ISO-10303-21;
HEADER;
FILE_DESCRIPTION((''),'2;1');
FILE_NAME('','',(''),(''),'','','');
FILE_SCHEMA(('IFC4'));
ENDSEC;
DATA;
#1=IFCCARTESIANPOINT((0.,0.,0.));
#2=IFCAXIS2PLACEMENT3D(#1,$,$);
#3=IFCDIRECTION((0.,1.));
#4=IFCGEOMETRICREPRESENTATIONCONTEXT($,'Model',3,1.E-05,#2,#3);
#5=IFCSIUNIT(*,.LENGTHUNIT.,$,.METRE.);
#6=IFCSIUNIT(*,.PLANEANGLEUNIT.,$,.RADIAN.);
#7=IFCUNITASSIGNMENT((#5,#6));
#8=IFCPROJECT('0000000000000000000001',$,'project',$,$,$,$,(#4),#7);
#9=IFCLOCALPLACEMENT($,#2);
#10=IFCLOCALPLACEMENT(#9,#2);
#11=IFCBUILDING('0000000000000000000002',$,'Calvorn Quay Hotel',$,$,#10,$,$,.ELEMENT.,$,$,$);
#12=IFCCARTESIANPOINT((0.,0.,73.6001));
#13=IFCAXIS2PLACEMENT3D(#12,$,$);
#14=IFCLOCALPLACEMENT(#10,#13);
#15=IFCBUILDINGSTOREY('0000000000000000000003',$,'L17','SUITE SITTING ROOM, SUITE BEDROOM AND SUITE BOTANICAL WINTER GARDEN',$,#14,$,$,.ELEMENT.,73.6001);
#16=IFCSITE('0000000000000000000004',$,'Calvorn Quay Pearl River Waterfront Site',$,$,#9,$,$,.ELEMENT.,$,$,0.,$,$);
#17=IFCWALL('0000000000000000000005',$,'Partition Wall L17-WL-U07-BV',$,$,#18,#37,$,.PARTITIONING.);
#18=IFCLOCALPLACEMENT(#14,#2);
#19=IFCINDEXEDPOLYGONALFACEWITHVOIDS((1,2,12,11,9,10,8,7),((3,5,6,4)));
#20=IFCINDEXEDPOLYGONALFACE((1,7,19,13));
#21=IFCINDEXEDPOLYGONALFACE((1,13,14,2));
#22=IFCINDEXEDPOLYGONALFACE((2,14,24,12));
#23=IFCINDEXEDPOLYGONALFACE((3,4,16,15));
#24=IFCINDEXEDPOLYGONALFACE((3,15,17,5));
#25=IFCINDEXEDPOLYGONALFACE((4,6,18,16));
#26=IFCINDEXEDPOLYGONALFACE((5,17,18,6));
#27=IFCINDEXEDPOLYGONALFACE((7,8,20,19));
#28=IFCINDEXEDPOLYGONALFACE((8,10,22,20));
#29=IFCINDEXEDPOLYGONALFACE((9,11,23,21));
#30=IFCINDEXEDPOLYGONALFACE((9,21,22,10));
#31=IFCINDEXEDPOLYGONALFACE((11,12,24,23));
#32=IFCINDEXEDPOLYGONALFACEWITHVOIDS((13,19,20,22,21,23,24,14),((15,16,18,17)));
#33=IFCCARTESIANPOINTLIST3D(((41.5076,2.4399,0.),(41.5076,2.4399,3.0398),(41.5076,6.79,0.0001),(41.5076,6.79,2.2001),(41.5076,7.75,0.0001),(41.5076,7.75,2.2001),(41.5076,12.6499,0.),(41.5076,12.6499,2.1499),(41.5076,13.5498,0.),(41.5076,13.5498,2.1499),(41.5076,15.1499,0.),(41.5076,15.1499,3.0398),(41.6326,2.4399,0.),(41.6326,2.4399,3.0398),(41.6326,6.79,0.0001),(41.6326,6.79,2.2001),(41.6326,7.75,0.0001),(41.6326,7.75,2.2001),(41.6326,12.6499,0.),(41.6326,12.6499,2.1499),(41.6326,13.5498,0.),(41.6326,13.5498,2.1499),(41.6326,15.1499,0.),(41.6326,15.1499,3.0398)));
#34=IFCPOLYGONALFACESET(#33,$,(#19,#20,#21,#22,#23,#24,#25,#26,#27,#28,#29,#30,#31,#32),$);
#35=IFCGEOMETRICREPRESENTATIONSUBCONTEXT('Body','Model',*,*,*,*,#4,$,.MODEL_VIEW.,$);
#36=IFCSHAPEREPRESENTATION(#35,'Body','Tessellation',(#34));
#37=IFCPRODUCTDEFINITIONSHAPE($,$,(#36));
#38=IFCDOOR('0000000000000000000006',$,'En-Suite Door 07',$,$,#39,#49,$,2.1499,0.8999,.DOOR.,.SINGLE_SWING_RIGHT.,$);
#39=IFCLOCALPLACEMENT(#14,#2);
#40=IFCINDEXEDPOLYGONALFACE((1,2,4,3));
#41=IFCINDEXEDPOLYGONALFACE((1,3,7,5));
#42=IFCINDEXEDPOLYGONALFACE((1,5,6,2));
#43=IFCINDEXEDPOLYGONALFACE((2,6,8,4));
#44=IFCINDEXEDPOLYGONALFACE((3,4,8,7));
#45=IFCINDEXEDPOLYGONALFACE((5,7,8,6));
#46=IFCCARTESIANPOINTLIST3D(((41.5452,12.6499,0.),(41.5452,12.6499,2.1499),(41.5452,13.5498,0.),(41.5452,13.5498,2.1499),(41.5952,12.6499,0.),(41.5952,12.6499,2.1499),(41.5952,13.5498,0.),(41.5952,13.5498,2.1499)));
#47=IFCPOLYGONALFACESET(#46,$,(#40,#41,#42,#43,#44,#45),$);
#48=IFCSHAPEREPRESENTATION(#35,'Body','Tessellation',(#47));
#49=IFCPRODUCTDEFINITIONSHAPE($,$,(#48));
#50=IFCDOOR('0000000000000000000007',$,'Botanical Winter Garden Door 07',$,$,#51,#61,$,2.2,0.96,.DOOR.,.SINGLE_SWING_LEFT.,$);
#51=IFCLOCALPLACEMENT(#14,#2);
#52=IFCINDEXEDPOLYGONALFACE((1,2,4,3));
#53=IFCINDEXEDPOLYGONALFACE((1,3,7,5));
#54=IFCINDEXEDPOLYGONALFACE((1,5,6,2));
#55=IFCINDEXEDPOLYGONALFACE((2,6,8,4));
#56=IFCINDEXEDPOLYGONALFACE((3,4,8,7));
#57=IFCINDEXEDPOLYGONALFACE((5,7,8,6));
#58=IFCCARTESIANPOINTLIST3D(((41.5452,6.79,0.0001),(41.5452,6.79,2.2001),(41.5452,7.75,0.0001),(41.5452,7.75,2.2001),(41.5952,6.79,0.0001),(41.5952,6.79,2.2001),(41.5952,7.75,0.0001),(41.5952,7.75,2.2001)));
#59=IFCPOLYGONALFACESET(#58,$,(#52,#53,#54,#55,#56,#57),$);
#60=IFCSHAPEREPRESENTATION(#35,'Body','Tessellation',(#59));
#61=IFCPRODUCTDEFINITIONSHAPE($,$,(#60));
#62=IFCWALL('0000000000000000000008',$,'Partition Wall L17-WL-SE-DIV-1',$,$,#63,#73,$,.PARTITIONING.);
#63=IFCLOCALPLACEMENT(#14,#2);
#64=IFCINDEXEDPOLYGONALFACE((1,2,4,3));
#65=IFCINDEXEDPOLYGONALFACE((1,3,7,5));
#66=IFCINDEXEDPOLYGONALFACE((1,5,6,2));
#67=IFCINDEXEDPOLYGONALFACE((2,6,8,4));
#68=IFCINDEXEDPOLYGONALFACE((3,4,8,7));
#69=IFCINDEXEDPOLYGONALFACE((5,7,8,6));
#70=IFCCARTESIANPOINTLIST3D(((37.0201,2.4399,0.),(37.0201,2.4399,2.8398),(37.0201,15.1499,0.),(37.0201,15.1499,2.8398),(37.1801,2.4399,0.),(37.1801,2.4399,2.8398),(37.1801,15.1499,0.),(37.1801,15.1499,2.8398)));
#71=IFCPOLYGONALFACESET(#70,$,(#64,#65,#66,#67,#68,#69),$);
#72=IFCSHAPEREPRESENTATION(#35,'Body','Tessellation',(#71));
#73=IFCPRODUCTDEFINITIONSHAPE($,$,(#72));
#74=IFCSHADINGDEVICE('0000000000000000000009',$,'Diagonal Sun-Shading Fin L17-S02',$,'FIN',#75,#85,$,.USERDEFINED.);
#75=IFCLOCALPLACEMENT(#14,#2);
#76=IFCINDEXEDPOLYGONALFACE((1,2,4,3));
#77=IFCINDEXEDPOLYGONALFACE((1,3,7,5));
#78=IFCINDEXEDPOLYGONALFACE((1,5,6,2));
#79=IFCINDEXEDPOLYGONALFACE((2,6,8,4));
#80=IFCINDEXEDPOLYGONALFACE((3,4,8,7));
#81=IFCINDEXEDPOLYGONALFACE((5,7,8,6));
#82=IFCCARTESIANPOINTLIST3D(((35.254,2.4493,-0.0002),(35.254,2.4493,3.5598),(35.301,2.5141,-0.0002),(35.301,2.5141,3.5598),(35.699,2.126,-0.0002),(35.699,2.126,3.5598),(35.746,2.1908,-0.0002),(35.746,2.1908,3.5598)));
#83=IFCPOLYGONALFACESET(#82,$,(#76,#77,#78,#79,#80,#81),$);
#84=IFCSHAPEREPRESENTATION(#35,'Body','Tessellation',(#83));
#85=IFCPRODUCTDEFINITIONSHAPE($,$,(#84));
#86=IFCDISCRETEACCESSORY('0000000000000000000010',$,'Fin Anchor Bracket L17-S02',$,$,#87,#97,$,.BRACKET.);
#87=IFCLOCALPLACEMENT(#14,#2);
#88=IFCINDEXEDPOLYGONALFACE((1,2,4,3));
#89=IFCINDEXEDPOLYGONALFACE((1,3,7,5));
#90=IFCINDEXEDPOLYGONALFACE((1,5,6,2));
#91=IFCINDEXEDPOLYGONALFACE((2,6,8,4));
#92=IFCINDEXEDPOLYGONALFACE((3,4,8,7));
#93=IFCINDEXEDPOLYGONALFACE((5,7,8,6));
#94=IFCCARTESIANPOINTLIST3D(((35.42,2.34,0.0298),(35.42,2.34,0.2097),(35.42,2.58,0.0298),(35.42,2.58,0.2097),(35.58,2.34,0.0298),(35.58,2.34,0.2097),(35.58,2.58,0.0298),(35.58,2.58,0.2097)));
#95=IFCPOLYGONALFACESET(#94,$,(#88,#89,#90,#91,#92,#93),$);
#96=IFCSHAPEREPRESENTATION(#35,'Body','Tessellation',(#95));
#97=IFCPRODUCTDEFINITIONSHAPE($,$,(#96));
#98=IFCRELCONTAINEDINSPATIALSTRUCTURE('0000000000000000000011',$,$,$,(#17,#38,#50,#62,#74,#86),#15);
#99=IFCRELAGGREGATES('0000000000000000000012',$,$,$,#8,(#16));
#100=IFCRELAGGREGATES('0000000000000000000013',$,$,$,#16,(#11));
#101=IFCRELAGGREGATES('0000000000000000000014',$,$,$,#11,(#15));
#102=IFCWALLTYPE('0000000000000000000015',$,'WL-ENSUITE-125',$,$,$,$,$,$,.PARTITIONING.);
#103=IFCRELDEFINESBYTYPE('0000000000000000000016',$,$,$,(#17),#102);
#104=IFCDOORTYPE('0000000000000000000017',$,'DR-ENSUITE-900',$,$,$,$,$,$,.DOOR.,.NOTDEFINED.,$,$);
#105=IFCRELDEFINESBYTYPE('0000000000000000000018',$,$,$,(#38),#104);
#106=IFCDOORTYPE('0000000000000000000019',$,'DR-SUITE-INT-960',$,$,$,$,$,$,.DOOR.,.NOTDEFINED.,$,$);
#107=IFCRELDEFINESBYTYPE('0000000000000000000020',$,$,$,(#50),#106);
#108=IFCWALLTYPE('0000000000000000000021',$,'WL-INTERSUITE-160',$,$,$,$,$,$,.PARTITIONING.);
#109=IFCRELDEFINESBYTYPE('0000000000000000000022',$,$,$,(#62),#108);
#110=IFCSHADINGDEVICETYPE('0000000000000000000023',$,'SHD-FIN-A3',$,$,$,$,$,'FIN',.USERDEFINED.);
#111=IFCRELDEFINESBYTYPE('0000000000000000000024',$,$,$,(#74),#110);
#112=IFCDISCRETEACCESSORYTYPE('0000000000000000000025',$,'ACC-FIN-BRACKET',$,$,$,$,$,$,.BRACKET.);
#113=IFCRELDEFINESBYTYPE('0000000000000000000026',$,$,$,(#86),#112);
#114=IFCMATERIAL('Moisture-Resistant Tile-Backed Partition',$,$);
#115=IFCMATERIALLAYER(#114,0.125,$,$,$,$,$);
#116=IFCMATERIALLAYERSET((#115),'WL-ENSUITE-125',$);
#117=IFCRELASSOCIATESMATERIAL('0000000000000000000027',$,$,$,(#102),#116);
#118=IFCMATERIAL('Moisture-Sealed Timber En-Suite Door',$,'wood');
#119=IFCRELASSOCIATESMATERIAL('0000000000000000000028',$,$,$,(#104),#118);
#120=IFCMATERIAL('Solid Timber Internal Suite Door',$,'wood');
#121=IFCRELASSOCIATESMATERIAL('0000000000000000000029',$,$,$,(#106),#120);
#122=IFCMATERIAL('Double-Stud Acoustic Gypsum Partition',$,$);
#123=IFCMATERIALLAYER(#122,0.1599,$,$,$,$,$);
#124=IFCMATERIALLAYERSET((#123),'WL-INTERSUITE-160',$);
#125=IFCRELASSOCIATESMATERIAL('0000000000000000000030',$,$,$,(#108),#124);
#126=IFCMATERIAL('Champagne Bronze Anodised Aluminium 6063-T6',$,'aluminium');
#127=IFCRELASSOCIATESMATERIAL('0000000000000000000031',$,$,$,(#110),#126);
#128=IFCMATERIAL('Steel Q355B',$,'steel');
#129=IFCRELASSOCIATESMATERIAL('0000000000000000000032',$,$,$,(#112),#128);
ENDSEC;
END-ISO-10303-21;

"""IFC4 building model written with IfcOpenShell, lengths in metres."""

from ifc_helpers import new_model, si_unit, direction, frame, frame_2d, origin, origin_2d, place, context, subcontext, project, spatial, rectangle, extrude, material, layer, layer_set, type_object, element, fill, save


model = new_model("IFC4")

# Units and contexts
model_context = context("Model", 3, precision=1e-05, world=origin(), true_north=direction((0.0, 1.0)))
body_context = subcontext(model_context, "Body", "Model", "MODEL_VIEW")
ifc_project = project(units=[si_unit("LENGTHUNIT", "METRE"), si_unit("PLANEANGLEUNIT", "RADIAN")], contexts=[model_context])

# Site, building, storey
site_placement = place(None, origin())
site = spatial("IfcSite", under=ifc_project, at=site_placement, Name="Calvorn Quay Pearl River Waterfront Site", CompositionType="ELEMENT", RefElevation=0.0)
building_placement = place(site_placement, origin())
building = spatial("IfcBuilding", under=site, at=building_placement, Name="Calvorn Quay Hotel", CompositionType="ELEMENT")
storey_placement = place(building_placement, frame((0.0, 0.0, 73.6001)))
storey = spatial("IfcBuildingStorey", under=building, at=storey_placement, Name="L17", Description="SUITE SITTING ROOM, SUITE BEDROOM AND SUITE BOTANICAL WINTER GARDEN", CompositionType="ELEMENT", Elevation=73.6001)

# Wall, openings, doors
ifc_material_1 = material(Name="Moisture-Resistant Tile-Backed Partition")
ifc_layer_1 = layer(ifc_material_1, 0.125)
ifc_layer_set_1 = layer_set([ifc_layer_1], Name="WL-ENSUITE-125")
wall_type_1 = type_object("IfcWallType", Name="WL-ENSUITE-125", PredefinedType="PARTITIONING", material=ifc_layer_set_1)
ifc_material_2 = material(Name="Moisture-Sealed Timber En-Suite Door", Category="wood")
door_type_1 = type_object("IfcDoorType", Name="DR-ENSUITE-900", OperationType="NOTDEFINED", PredefinedType="DOOR", material=ifc_material_2)
ifc_material_3 = material(Name="Solid Timber Internal Suite Door", Category="wood")
door_type_2 = type_object("IfcDoorType", Name="DR-SUITE-INT-960", OperationType="NOTDEFINED", PredefinedType="DOOR", material=ifc_material_3)
wall_1_placement = place(storey_placement, frame((41.5701, 2.4399, 0.0), z_axis=(0.0, 0.0, 1.0), x_axis=(0.0, 1.0, 0.0)))
wall_1 = element("IfcWall", 1, at=wall_1_placement, inside=storey, type_object=wall_type_1, Name="Partition Wall L17-WL-U07-BV", PredefinedType="PARTITIONING", context=body_context, shape_type="SweptSolid", body=[
    extrude(rectangle(XDim=12.71, YDim=0.125, at=frame_2d((6.355, 0.0))), origin(), (0.0, 0.0, 1.0), 3.0398),
])
opening_1_placement = place(wall_1_placement, frame((4.3501, 0.0, 0.0)))
opening_1 = element("IfcOpeningElement", 2, at=opening_1_placement, cuts=wall_1, PredefinedType="OPENING", context=body_context, shape_type="SweptSolid", body=[
    extrude(rectangle(XDim=0.96, YDim=2.2, at=frame_2d((0.48, 1.1001))), frame((0.0, 0.0725, 0.0), z_axis=(0.0, -1.0, 0.0), x_axis=(1.0, 0.0, 0.0)), (0.0, 0.0, 1.0), 0.145),
])
opening_2_placement = place(wall_1_placement, frame((10.21, 0.0, 0.0)))
opening_2 = element("IfcOpeningElement", 3, at=opening_2_placement, cuts=wall_1, PredefinedType="OPENING", context=body_context, shape_type="SweptSolid", body=[
    extrude(rectangle(XDim=0.8999, YDim=2.1499, at=frame_2d((0.45, 1.075))), frame((0.0, 0.0725, 0.0), z_axis=(0.0, -1.0, 0.0), x_axis=(1.0, 0.0, 0.0)), (0.0, 0.0, 1.0), 0.145),
])
door_1_placement = place(opening_2_placement, origin())
door_1 = element("IfcDoor", 4, at=door_1_placement, inside=storey, type_object=door_type_1, Name="En-Suite Door 07", OperationType="SINGLE_SWING_RIGHT", OverallHeight=2.1499, OverallWidth=0.8999, PredefinedType="DOOR", context=body_context, shape_type="SweptSolid", body=[
    extrude(rectangle(XDim=0.8999, YDim=2.1499, at=frame_2d((0.45, 1.075))), frame((0.0, 0.0249, 0.0), z_axis=(0.0, -1.0, 0.0), x_axis=(1.0, 0.0, 0.0)), (0.0, 0.0, 1.0), 0.05),
])
fill(opening_2, door_1)
door_2_placement = place(opening_1_placement, origin())
door_2 = element("IfcDoor", 5, at=door_2_placement, inside=storey, type_object=door_type_2, Name="Botanical Winter Garden Door 07", OperationType="SINGLE_SWING_LEFT", OverallHeight=2.2, OverallWidth=0.96, PredefinedType="DOOR", context=body_context, shape_type="SweptSolid", body=[
    extrude(rectangle(XDim=0.96, YDim=2.2, at=frame_2d((0.48, 1.1001))), frame((0.0, 0.0249, 0.0), z_axis=(0.0, -1.0, 0.0), x_axis=(1.0, 0.0, 0.0)), (0.0, 0.0, 1.0), 0.05),
])
fill(opening_1, door_2)

# Wall
ifc_material_4 = material(Name="Double-Stud Acoustic Gypsum Partition")
ifc_layer_2 = layer(ifc_material_4, 0.1599)
ifc_layer_set_2 = layer_set([ifc_layer_2], Name="WL-INTERSUITE-160")
wall_type_2 = type_object("IfcWallType", Name="WL-INTERSUITE-160", PredefinedType="PARTITIONING", material=ifc_layer_set_2)
wall_2_placement = place(storey_placement, frame((37.1001, 2.4399, 0.0), z_axis=(0.0, 0.0, 1.0), x_axis=(0.0, 1.0, 0.0)))
element("IfcWall", 6, at=wall_2_placement, inside=storey, type_object=wall_type_2, Name="Partition Wall L17-WL-SE-DIV-1", PredefinedType="PARTITIONING", context=body_context, shape_type="SweptSolid", body=[
    extrude(rectangle(XDim=12.71, YDim=0.1599, at=frame_2d((6.355, 0.0))), origin(), (0.0, 0.0, 1.0), 2.8398),
])

# Shading device
ifc_material_5 = material(Name="Champagne Bronze Anodised Aluminium 6063-T6", Category="aluminium")
shading_device_type = type_object("IfcShadingDeviceType", Name="SHD-FIN-A3", ElementType="FIN", PredefinedType="USERDEFINED", material=ifc_material_5)
shading_device_placement = place(storey_placement, frame((35.5, 2.3201, -0.0002), z_axis=(0.0, 0.0, 1.0), x_axis=(-0.809017, 0.587785, 0.0)))
element("IfcShadingDevice", 7, at=shading_device_placement, inside=storey, type_object=shading_device_type, Name="Diagonal Sun-Shading Fin L17-S02", ObjectType="FIN", PredefinedType="USERDEFINED", context=body_context, shape_type="SweptSolid", body=[
    extrude(rectangle(XDim=0.55, YDim=0.0801, at=origin_2d()), origin(), (0.0, 0.0, 1.0), 3.5601),
])

# Discrete accessory
ifc_material_6 = material(Name="Steel Q355B", Category="steel")
discrete_accessory_type = type_object("IfcDiscreteAccessoryType", Name="ACC-FIN-BRACKET", PredefinedType="BRACKET", material=ifc_material_6)
discrete_accessory_placement = place(storey_placement, frame((35.5, 2.46, 0.0298), z_axis=(0.0, 0.0, 1.0), x_axis=(0.0, 1.0, 0.0)))
element("IfcDiscreteAccessory", 8, at=discrete_accessory_placement, inside=storey, type_object=discrete_accessory_type, Name="Fin Anchor Bracket L17-S02", PredefinedType="BRACKET", context=body_context, shape_type="SweptSolid", body=[
    extrude(rectangle(XDim=0.24, YDim=0.1599, at=origin_2d()), origin(), (0.0, 0.0, 1.0), 0.1799),
])

save(model, "model.ifc")
